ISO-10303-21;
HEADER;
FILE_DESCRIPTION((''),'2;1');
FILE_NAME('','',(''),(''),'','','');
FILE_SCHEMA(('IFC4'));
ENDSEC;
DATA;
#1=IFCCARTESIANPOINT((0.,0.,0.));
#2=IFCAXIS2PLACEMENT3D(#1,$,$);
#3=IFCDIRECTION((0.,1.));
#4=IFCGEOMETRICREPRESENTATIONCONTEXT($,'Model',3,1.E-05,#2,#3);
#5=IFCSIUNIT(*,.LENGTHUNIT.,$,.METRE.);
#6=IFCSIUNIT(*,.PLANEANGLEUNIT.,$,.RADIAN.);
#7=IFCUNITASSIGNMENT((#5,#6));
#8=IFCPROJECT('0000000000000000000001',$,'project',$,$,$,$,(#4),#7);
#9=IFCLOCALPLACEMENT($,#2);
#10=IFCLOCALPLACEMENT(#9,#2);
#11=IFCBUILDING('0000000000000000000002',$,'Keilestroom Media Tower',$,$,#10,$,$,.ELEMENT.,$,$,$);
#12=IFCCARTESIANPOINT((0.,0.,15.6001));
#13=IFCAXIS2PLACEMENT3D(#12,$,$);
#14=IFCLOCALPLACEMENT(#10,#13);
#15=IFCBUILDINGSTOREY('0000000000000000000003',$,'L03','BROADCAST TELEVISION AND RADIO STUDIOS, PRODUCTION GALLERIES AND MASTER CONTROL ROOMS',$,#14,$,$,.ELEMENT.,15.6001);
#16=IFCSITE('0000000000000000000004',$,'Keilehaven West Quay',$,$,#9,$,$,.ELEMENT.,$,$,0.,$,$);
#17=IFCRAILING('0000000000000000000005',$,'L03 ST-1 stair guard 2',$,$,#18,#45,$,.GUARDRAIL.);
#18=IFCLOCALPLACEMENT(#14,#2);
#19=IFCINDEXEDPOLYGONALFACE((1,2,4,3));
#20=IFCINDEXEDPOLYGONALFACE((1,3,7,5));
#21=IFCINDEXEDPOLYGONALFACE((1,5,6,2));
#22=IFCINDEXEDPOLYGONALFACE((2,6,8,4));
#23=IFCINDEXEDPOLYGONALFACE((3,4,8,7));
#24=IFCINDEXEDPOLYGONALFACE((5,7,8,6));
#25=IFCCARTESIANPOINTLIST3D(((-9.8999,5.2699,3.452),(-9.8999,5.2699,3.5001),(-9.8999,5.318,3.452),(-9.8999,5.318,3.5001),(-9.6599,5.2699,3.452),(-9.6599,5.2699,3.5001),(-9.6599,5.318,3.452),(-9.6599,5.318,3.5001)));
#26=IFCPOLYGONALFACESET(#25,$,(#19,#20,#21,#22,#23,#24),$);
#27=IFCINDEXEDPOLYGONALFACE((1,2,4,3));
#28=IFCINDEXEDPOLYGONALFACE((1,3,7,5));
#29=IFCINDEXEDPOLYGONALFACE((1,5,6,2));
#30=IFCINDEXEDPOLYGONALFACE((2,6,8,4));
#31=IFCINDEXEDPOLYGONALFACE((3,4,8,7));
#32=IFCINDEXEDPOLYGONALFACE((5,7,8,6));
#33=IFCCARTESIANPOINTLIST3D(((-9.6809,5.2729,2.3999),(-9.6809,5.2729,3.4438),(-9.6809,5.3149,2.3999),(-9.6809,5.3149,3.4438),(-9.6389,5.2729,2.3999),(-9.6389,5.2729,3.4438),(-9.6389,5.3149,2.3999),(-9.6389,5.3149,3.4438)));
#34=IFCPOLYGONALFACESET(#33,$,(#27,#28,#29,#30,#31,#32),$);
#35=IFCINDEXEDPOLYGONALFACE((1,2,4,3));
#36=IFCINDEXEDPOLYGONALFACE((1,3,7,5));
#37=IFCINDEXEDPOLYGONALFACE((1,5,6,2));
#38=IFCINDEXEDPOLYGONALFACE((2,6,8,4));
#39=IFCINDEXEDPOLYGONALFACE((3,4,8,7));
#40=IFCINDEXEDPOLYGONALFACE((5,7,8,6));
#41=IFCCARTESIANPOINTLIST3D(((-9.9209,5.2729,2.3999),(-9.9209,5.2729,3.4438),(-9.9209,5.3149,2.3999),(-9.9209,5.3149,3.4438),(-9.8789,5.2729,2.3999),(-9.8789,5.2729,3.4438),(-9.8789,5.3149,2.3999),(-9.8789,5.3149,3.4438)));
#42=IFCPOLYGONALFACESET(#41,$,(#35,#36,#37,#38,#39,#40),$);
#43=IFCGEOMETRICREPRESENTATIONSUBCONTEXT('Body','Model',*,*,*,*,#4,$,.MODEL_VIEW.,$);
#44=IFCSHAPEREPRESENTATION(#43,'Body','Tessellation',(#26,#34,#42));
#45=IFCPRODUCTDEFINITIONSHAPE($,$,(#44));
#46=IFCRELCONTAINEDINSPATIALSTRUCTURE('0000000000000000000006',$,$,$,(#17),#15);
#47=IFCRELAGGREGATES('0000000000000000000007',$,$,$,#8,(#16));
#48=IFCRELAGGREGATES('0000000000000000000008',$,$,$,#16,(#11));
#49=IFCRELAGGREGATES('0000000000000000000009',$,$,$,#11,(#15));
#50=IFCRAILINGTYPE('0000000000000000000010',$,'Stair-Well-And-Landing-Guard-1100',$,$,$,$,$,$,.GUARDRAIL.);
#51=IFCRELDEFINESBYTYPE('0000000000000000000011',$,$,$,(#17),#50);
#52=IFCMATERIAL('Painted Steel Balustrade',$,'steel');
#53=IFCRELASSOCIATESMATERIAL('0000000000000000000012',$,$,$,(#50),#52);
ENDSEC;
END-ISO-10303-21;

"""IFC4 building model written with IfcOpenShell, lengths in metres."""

from ifc_helpers import new_model, si_unit, direction, frame, origin, origin_2d, place, context, subcontext, project, spatial, rectangle, extrude, material, type_object, element, save


model = new_model("IFC4")

# Units and contexts
model_context = context("Model", 3, precision=1e-05, world=origin(), true_north=direction((0.0, 1.0)))
body_context = subcontext(model_context, "Body", "Model", "MODEL_VIEW")
ifc_project = project(units=[si_unit("LENGTHUNIT", "METRE"), si_unit("PLANEANGLEUNIT", "RADIAN")], contexts=[model_context])

# Site, building, storey
site_placement = place(None, origin())
site = spatial("IfcSite", under=ifc_project, at=site_placement, Name="Keilehaven West Quay", CompositionType="ELEMENT", RefElevation=0.0)
building_placement = place(site_placement, origin())
building = spatial("IfcBuilding", under=site, at=building_placement, Name="Keilestroom Media Tower", CompositionType="ELEMENT")
storey_placement = place(building_placement, frame((0.0, 0.0, 15.6001)))
storey = spatial("IfcBuildingStorey", under=building, at=storey_placement, Name="L03", Description="BROADCAST TELEVISION AND RADIO STUDIOS, PRODUCTION GALLERIES AND MASTER CONTROL ROOMS", CompositionType="ELEMENT", Elevation=15.6001)

# Railing
ifc_material_1 = material(Name="Painted Steel Balustrade", Category="steel")
railing_type = type_object("IfcRailingType", Name="Stair-Well-And-Landing-Guard-1100", PredefinedType="GUARDRAIL", material=ifc_material_1)
railing_placement = place(storey_placement, frame((-9.6599, 5.2939, 2.3999)))
element("IfcRailing", 1, at=railing_placement, inside=storey, type_object=railing_type, Name="L03 ST-1 stair guard 2", PredefinedType="GUARDRAIL", context=body_context, shape_type="SweptSolid", body=[
    extrude(rectangle(XDim=0.0481, YDim=0.0481, at=origin_2d()), frame((0.0, 0.0, 1.0762), z_axis=(-1.0, 0.0, 0.0), x_axis=(0.0, -1.0, 0.0)), (0.0, 0.0, 1.0), 0.24),
    extrude(rectangle(XDim=0.042, YDim=0.042, at=origin_2d()), origin(), (0.0, 0.0, 1.0), 1.0439),
    extrude(rectangle(XDim=0.042, YDim=0.042, at=origin_2d()), frame((-0.24, 0.0, 0.0)), (0.0, 0.0, 1.0), 1.0439),
])

save(model, "model.ifc")
